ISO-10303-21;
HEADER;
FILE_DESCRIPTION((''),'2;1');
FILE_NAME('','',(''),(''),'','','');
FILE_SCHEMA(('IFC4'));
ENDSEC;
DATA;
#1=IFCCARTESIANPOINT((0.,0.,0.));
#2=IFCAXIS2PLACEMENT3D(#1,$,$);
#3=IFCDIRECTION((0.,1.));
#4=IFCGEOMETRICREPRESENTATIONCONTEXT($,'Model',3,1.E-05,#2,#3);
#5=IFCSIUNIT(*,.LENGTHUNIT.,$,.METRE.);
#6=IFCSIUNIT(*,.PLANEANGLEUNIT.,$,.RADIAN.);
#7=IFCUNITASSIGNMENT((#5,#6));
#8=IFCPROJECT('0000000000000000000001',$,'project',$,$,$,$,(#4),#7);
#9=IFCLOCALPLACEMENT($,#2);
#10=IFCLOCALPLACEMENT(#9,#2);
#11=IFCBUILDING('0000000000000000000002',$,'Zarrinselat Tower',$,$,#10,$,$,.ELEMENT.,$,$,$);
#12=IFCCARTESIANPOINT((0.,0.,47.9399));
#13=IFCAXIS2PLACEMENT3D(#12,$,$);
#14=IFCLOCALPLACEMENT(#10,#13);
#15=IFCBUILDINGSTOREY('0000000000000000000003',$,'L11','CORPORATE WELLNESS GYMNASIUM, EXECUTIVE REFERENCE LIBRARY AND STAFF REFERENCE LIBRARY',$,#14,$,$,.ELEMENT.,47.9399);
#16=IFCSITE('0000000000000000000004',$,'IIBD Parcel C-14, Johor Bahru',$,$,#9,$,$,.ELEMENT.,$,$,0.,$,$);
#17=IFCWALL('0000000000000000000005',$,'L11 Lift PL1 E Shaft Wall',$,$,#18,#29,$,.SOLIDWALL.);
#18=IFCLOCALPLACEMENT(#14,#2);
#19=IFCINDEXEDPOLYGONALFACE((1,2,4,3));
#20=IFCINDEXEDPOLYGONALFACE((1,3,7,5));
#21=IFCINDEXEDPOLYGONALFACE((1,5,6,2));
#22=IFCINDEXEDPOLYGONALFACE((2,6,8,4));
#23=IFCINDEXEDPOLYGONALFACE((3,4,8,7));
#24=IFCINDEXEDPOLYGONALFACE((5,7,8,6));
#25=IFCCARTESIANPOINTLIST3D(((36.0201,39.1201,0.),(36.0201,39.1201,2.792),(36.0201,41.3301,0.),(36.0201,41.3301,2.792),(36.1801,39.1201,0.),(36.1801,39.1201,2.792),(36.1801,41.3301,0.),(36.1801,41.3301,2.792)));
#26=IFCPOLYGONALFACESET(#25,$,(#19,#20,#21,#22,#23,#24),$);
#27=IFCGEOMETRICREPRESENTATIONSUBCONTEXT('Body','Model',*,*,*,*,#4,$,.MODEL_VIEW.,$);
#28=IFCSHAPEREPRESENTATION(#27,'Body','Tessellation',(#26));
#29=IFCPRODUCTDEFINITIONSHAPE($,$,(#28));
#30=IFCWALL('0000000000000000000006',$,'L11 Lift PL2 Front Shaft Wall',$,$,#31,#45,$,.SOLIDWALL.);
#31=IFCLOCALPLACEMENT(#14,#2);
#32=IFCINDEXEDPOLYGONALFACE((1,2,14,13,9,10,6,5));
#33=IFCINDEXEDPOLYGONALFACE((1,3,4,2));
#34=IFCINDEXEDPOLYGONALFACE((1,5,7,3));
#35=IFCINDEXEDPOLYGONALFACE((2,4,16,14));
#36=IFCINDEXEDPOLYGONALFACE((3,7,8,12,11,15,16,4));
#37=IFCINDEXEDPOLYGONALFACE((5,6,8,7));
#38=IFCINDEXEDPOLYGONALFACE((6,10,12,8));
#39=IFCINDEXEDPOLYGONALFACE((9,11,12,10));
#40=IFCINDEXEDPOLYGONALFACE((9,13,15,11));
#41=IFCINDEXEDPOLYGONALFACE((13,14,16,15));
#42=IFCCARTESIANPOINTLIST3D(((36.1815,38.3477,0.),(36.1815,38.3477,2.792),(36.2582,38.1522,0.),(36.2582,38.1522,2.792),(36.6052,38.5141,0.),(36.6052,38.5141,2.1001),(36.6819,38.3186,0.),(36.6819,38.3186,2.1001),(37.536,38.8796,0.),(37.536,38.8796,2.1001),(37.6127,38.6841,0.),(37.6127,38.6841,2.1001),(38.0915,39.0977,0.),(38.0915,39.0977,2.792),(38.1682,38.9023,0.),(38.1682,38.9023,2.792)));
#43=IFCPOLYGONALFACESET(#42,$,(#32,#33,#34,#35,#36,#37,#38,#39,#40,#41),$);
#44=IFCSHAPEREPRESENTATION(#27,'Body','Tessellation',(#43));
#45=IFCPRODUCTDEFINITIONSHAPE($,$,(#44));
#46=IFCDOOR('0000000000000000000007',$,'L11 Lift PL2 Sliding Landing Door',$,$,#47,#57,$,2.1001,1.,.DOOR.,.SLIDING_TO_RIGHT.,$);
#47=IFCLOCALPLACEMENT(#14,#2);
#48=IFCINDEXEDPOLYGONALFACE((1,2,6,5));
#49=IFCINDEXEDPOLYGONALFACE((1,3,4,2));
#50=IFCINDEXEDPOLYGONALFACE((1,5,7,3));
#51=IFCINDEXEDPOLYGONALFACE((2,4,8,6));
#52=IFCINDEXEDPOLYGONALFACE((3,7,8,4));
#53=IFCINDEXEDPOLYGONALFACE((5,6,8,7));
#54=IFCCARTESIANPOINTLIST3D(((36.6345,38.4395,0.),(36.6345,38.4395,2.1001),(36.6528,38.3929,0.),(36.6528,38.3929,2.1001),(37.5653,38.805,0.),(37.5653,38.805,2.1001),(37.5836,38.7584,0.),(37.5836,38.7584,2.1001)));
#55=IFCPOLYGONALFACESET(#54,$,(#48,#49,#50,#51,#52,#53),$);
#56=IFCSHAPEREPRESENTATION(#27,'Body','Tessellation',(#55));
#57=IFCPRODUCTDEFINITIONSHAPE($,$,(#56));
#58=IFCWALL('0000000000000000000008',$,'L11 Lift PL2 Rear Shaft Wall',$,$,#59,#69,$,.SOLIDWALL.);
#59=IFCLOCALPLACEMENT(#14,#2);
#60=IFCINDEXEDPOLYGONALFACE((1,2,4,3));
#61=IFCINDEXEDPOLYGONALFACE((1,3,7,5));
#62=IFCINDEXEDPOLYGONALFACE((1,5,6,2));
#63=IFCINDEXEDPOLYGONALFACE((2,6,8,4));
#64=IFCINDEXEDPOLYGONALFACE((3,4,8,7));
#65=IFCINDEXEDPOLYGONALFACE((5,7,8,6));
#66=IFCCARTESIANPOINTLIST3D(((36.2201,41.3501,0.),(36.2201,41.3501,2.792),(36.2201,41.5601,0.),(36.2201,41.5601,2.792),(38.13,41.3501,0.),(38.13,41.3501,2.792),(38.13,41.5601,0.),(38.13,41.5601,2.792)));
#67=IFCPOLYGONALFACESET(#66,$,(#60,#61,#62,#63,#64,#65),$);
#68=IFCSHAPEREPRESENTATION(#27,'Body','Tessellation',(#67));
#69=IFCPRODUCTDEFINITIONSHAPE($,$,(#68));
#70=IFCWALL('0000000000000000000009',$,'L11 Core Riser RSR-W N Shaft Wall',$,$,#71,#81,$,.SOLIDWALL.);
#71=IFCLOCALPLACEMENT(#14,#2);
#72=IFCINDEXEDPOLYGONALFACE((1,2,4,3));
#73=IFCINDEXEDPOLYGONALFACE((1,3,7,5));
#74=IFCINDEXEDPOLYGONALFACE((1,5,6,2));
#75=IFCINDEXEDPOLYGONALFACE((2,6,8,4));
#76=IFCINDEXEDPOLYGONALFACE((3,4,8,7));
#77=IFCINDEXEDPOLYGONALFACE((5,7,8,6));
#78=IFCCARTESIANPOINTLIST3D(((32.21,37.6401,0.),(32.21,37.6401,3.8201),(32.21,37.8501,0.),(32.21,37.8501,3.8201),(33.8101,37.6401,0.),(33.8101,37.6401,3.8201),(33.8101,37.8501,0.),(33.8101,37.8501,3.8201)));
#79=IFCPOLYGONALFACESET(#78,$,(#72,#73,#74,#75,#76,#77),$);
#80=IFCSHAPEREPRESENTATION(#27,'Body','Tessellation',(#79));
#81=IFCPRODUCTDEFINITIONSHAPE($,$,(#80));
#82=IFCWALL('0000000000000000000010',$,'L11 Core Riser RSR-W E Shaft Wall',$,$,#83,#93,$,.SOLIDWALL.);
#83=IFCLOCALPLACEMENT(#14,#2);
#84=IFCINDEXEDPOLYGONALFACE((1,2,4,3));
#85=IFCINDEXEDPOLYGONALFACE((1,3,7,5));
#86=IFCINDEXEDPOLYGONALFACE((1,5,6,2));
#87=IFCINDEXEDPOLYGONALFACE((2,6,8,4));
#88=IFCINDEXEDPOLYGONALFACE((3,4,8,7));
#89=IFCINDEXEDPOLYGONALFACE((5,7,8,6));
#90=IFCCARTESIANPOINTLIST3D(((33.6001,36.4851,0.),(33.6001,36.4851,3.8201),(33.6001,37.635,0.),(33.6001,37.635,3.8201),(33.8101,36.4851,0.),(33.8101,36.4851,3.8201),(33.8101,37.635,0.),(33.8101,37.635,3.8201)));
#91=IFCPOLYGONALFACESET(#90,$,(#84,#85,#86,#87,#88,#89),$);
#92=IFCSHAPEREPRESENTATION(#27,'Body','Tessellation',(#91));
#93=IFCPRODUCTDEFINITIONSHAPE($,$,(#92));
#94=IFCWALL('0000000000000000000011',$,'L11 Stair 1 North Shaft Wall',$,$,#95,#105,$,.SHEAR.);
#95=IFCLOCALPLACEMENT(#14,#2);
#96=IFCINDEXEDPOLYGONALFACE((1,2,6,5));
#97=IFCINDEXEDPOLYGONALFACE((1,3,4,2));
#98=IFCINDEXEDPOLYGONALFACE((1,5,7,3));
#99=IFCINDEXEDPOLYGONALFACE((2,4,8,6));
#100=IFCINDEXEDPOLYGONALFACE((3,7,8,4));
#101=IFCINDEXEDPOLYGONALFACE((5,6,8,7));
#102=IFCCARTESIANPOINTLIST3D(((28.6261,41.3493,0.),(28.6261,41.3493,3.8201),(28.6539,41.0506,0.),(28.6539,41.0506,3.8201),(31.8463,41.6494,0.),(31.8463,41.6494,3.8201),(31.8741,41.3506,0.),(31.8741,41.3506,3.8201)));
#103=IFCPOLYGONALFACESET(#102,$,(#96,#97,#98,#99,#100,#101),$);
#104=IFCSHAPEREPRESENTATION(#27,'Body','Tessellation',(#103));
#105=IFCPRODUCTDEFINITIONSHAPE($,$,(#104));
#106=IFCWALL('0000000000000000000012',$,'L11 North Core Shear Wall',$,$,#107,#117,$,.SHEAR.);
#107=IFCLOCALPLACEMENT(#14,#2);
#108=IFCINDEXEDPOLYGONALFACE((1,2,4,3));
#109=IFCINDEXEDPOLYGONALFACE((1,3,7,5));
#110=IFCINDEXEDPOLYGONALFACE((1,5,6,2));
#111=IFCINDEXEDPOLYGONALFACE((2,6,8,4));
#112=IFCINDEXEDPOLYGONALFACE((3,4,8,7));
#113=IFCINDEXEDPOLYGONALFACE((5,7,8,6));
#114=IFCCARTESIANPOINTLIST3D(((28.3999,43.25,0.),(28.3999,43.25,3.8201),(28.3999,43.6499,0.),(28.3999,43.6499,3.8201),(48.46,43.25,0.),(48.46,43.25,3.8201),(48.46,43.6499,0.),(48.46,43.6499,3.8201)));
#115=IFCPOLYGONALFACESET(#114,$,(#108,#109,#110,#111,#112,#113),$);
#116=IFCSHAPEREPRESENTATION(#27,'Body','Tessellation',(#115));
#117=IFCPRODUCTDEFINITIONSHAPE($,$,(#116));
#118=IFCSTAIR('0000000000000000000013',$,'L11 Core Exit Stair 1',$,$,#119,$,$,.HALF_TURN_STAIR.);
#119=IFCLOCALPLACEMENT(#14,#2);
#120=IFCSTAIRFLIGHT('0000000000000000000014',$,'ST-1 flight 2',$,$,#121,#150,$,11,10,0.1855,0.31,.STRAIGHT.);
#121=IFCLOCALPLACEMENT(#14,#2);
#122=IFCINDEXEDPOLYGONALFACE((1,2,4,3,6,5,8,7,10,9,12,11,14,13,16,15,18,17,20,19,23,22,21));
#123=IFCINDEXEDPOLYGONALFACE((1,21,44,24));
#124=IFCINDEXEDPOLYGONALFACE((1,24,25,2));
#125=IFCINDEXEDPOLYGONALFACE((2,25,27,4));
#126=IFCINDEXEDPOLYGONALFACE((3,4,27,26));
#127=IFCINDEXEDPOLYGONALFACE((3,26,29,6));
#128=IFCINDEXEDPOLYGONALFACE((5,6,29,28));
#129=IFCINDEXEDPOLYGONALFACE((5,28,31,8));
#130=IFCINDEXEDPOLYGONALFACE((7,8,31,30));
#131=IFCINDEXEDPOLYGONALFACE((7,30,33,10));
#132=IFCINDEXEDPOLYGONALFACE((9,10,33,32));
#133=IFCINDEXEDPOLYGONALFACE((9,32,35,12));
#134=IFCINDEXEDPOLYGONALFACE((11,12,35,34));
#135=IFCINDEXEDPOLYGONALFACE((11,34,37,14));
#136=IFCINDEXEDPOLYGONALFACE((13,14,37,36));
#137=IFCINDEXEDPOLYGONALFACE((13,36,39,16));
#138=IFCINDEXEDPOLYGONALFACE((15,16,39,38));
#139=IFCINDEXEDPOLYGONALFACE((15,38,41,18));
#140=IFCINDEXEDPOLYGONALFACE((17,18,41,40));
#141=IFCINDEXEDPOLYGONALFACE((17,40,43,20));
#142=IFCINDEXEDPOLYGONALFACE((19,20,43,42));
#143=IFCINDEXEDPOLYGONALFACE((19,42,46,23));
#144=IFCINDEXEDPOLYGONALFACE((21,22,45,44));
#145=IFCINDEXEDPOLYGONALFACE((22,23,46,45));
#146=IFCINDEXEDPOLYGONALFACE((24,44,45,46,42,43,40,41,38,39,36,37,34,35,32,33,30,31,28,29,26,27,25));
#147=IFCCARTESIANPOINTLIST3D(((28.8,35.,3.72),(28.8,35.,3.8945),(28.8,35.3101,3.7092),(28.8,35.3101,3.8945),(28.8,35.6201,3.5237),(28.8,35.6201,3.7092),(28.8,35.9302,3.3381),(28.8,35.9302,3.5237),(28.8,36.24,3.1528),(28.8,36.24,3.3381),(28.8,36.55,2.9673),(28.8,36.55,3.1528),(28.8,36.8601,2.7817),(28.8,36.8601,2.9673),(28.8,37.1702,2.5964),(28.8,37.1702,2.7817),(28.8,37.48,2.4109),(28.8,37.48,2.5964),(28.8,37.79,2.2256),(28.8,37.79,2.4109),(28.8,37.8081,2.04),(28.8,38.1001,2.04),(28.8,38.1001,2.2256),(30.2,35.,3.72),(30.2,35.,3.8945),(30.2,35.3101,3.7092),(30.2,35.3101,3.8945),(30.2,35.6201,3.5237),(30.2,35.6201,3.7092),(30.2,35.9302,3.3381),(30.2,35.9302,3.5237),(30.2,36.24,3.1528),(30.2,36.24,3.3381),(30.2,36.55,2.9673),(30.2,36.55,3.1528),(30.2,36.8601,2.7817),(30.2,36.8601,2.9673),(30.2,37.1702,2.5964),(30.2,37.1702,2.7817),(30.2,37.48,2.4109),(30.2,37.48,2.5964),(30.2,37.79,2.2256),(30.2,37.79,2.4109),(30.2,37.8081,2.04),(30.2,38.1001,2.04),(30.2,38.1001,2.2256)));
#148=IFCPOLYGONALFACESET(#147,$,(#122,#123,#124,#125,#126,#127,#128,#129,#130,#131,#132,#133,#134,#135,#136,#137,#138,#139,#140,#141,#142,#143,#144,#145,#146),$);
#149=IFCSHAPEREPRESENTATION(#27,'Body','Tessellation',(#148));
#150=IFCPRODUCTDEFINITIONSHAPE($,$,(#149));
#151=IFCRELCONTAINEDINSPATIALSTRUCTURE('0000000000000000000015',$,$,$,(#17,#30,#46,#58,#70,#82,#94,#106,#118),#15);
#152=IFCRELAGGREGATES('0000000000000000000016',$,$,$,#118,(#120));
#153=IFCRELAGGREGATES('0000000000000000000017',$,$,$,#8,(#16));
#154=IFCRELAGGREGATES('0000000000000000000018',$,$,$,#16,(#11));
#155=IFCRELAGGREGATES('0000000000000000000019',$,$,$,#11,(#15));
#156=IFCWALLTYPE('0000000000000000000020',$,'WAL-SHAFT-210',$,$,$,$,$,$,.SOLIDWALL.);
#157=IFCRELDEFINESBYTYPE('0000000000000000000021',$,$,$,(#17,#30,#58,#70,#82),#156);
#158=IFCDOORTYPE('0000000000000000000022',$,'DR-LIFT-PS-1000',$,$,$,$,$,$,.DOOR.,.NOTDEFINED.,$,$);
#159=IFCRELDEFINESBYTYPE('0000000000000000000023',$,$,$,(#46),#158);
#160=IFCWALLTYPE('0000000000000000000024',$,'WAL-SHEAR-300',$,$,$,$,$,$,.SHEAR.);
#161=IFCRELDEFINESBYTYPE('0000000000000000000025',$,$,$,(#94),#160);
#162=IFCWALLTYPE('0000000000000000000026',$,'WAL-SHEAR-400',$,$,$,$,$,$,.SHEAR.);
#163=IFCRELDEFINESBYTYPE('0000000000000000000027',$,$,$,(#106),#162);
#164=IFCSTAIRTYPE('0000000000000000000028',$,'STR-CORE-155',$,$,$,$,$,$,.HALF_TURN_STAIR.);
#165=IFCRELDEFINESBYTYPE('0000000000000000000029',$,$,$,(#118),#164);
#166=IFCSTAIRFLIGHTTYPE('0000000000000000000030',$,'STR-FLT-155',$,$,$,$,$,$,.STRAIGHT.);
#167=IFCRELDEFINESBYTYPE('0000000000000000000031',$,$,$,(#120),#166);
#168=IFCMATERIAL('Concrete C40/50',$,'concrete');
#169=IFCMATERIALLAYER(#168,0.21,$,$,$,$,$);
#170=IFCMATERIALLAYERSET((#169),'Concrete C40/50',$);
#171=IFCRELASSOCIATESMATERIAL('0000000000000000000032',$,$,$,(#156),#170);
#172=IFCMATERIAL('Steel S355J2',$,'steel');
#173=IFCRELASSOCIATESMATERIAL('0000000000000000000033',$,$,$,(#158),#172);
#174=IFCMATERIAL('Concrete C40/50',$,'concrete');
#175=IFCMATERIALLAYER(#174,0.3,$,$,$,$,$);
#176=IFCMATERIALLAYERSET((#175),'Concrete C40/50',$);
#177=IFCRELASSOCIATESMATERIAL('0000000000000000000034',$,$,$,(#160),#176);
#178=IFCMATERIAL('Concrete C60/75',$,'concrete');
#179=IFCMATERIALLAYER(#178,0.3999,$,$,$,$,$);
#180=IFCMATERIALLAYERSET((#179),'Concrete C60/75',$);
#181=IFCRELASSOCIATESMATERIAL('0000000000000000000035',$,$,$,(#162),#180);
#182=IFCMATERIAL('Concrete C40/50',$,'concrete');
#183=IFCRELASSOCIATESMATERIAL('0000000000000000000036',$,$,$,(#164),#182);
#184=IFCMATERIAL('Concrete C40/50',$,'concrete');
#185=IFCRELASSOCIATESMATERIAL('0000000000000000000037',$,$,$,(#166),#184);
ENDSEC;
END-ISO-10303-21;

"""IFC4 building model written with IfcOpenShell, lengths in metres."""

from ifc_helpers import new_model, si_unit, direction, frame, frame_2d, origin, place, context, subcontext, project, spatial, polyline, rectangle, outline, extrude, material, layer, layer_set, type_object, element, fill, aggregate, save


model = new_model("IFC4")

# Units and contexts
model_context = context("Model", 3, precision=1e-05, world=origin(), true_north=direction((0.0, 1.0)))
body_context = subcontext(model_context, "Body", "Model", "MODEL_VIEW")
ifc_project = project(units=[si_unit("LENGTHUNIT", "METRE"), si_unit("PLANEANGLEUNIT", "RADIAN")], contexts=[model_context])

# Site, building, storey
site_placement = place(None, origin())
site = spatial("IfcSite", under=ifc_project, at=site_placement, Name="IIBD Parcel C-14, Johor Bahru", CompositionType="ELEMENT", RefElevation=0.0)
building_placement = place(site_placement, origin())
building = spatial("IfcBuilding", under=site, at=building_placement, Name="Zarrinselat Tower", CompositionType="ELEMENT")
storey_placement = place(building_placement, frame((0.0, 0.0, 47.9399)))
storey = spatial("IfcBuildingStorey", under=building, at=storey_placement, Name="L11", Description="CORPORATE WELLNESS GYMNASIUM, EXECUTIVE REFERENCE LIBRARY AND STAFF REFERENCE LIBRARY", CompositionType="ELEMENT", Elevation=47.9399)

# Shared definitions
ifc_material_1 = material(Name="Concrete C40/50", Category="concrete")
ifc_layer_1 = layer(ifc_material_1, 0.21)
ifc_layer_set_1 = layer_set([ifc_layer_1], Name="Concrete C40/50")
wall_type_1 = type_object("IfcWallType", Name="WAL-SHAFT-210", PredefinedType="SOLIDWALL", material=ifc_layer_set_1)
ifc_material_2 = material(Name="Steel S355J2", Category="steel")
door_type_1 = type_object("IfcDoorType", Name="DR-LIFT-PS-1000", OperationType="NOTDEFINED", PredefinedType="DOOR", material=ifc_material_2)

# Wall
for number, where, z_axis, x_axis, name in (
    (1, (36.1001, 39.1201, 0.0), (0.0, 0.0, 1.0), (0.0, 1.0, 0.0), "L11 Lift PL1 E Shaft Wall"),
):
    element("IfcWall", number, at=place(storey_placement, frame(where, z_axis=z_axis, x_axis=x_axis)), inside=storey, type_object=wall_type_1, Name=name, PredefinedType="SOLIDWALL", context=body_context, shape_type="SweptSolid", body=[
        extrude(rectangle(XDim=2.21, YDim=0.1599, at=frame_2d((1.105, 0.0))), origin(), (0.0, 0.0, 1.0), 2.792),
    ])

# Wall, opening, door
wall_1_placement = place(storey_placement, frame((36.22, 38.25, 0.0), z_axis=(0.0, 0.0, 1.0), x_axis=(0.930805, 0.365516, 0.0)))
wall_1 = element("IfcWall", 2, at=wall_1_placement, inside=storey, type_object=wall_type_1, Name="L11 Lift PL2 Front Shaft Wall", PredefinedType="SOLIDWALL", context=body_context, shape_type="SweptSolid", body=[
    extrude(rectangle(XDim=2.052, YDim=0.21, at=frame_2d((1.0259, 0.0))), origin(), (0.0, 0.0, 1.0), 2.792),
])
opening_1_placement = place(wall_1_placement, frame((0.4551, 0.0, 0.0)))
opening_1 = element("IfcOpeningElement", 3, at=opening_1_placement, cuts=wall_1, PredefinedType="OPENING", context=body_context, shape_type="SweptSolid", body=[
    extrude(rectangle(XDim=1.0, YDim=2.1001, at=frame_2d((0.5, 1.05))), frame((0.0, 0.115, 0.0), z_axis=(0.0, -1.0, 0.0), x_axis=(1.0, 0.0, 0.0)), (0.0, 0.0, 1.0), 0.23),
])
door_1_placement = place(opening_1_placement, origin())
door_1 = element("IfcDoor", 4, at=door_1_placement, inside=storey, type_object=door_type_1, Name="L11 Lift PL2 Sliding Landing Door", OperationType="SLIDING_TO_RIGHT", OverallHeight=2.1001, OverallWidth=1.0, PredefinedType="DOOR", context=body_context, shape_type="SweptSolid", body=[
    extrude(rectangle(XDim=1.0, YDim=2.1001, at=frame_2d((0.5, 1.05))), frame((0.0, 0.0249, 0.0), z_axis=(0.0, -1.0, 0.0), x_axis=(1.0, 0.0, 0.0)), (0.0, 0.0, 1.0), 0.05),
])
fill(opening_1, door_1)

# Walls
wall_2_placement = place(storey_placement, frame((36.22, 41.4551, 0.0), z_axis=(0.0, 0.0, 1.0), x_axis=(1.0, 0.0, 0.0)))
element("IfcWall", 5, at=wall_2_placement, inside=storey, type_object=wall_type_1, Name="L11 Lift PL2 Rear Shaft Wall", PredefinedType="SOLIDWALL", context=body_context, shape_type="SweptSolid", body=[
    extrude(rectangle(XDim=1.9099, YDim=0.21, at=frame_2d((0.9551, 0.0))), origin(), (0.0, 0.0, 1.0), 2.792),
])
wall_3_placement = place(storey_placement, frame((32.21, 37.7451, 0.0), z_axis=(0.0, 0.0, 1.0), x_axis=(1.0, 0.0, 0.0)))
element("IfcWall", 6, at=wall_3_placement, inside=storey, type_object=wall_type_1, Name="L11 Core Riser RSR-W N Shaft Wall", PredefinedType="SOLIDWALL", context=body_context, shape_type="SweptSolid", body=[
    extrude(rectangle(XDim=1.6001, YDim=0.21, at=frame_2d((0.8, 0.0))), origin(), (0.0, 0.0, 1.0), 3.8201),
])
wall_4_placement = place(storey_placement, frame((33.7051, 36.4851, 0.0), z_axis=(0.0, 0.0, 1.0), x_axis=(0.0, 1.0, 0.0)))
element("IfcWall", 7, at=wall_4_placement, inside=storey, type_object=wall_type_1, Name="L11 Core Riser RSR-W E Shaft Wall", PredefinedType="SOLIDWALL", context=body_context, shape_type="SweptSolid", body=[
    extrude(rectangle(XDim=1.1499, YDim=0.21, at=frame_2d((0.575, 0.0))), origin(), (0.0, 0.0, 1.0), 3.8201),
])
ifc_material_3 = material(Name="Concrete C40/50", Category="concrete")
ifc_layer_2 = layer(ifc_material_3, 0.3)
ifc_layer_set_2 = layer_set([ifc_layer_2], Name="Concrete C40/50")
wall_type_2 = type_object("IfcWallType", Name="WAL-SHEAR-300", PredefinedType="SHEAR", material=ifc_layer_set_2)
wall_5_placement = place(storey_placement, frame((28.6399, 41.2, 0.0), z_axis=(0.0, 0.0, 1.0), x_axis=(0.995687, 0.092775, 0.0)))
element("IfcWall", 8, at=wall_5_placement, inside=storey, type_object=wall_type_2, Name="L11 Stair 1 North Shaft Wall", PredefinedType="SHEAR", context=body_context, shape_type="SweptSolid", body=[
    extrude(rectangle(XDim=3.2341, YDim=0.3, at=frame_2d((1.6172, 0.0))), origin(), (0.0, 0.0, 1.0), 3.8201),
])
ifc_material_4 = material(Name="Concrete C60/75", Category="concrete")
ifc_layer_3 = layer(ifc_material_4, 0.3999)
ifc_layer_set_3 = layer_set([ifc_layer_3], Name="Concrete C60/75")
wall_type_3 = type_object("IfcWallType", Name="WAL-SHEAR-400", PredefinedType="SHEAR", material=ifc_layer_set_3)
wall_6_placement = place(storey_placement, frame((28.3999, 43.45, 0.0), z_axis=(0.0, 0.0, 1.0), x_axis=(1.0, 0.0, 0.0)))
element("IfcWall", 9, at=wall_6_placement, inside=storey, type_object=wall_type_3, Name="L11 North Core Shear Wall", PredefinedType="SHEAR", context=body_context, shape_type="SweptSolid", body=[
    extrude(rectangle(XDim=20.0601, YDim=0.3999, at=frame_2d((10.03, 0.0))), origin(), (0.0, 0.0, 1.0), 3.8201),
])

# Stair, stair flight
ifc_material_5 = material(Name="Concrete C40/50", Category="concrete")
stair_type = type_object("IfcStairType", Name="STR-CORE-155", PredefinedType="HALF_TURN_STAIR", material=ifc_material_5)
stair_placement = place(storey_placement, origin())
stair = element("IfcStair", 10, at=stair_placement, inside=storey, type_object=stair_type, Name="L11 Core Exit Stair 1", PredefinedType="HALF_TURN_STAIR")
ifc_material_6 = material(Name="Concrete C40/50", Category="concrete")
stair_flight_type = type_object("IfcStairFlightType", Name="STR-FLT-155", PredefinedType="STRAIGHT", material=ifc_material_6)
stair_flight_placement = place(storey_placement, frame((29.5, 38.1001, 2.04), z_axis=(0.0, 0.0, 1.0), x_axis=(0.0, -1.0, 0.0)))
stair_flight = element("IfcStairFlight", 11, at=stair_flight_placement, type_object=stair_flight_type, Name="ST-1 flight 2", NumberOfRisers=11, NumberOfTreads=10, PredefinedType="STRAIGHT", RiserHeight=0.1855, TreadLength=0.31, context=body_context, shape_type="SweptSolid", body=[
    extrude(outline(polyline([(0.0, 0.0), (0.0, 0.1855), (0.3101, 0.1855), (0.3101, 0.3708), (0.6201, 0.3708), (0.6201, 0.5564), (0.9299, 0.5564), (0.9299, 0.7417), (1.24, 0.7417), (1.24, 0.9272), (1.55, 0.9272), (1.55, 1.1128), (1.8601, 1.1128), (1.8601, 1.2981), (2.1699, 1.2981), (2.1699, 1.4836), (2.48, 1.4836), (2.48, 1.6692), (2.79, 1.6692), (2.79, 1.8545), (3.1001, 1.8545), (3.1001, 2.04), (3.1001, 1.6799), (0.292, 0.0), (0.0, 0.0)])), frame((0.0, 0.7, 0.0), z_axis=(0.0, -1.0, 0.0), x_axis=(1.0, 0.0, 0.0)), (0.0, 0.0, 1.0), 1.3999),
])
aggregate(stair, [stair_flight])

save(model, "model.ifc")
